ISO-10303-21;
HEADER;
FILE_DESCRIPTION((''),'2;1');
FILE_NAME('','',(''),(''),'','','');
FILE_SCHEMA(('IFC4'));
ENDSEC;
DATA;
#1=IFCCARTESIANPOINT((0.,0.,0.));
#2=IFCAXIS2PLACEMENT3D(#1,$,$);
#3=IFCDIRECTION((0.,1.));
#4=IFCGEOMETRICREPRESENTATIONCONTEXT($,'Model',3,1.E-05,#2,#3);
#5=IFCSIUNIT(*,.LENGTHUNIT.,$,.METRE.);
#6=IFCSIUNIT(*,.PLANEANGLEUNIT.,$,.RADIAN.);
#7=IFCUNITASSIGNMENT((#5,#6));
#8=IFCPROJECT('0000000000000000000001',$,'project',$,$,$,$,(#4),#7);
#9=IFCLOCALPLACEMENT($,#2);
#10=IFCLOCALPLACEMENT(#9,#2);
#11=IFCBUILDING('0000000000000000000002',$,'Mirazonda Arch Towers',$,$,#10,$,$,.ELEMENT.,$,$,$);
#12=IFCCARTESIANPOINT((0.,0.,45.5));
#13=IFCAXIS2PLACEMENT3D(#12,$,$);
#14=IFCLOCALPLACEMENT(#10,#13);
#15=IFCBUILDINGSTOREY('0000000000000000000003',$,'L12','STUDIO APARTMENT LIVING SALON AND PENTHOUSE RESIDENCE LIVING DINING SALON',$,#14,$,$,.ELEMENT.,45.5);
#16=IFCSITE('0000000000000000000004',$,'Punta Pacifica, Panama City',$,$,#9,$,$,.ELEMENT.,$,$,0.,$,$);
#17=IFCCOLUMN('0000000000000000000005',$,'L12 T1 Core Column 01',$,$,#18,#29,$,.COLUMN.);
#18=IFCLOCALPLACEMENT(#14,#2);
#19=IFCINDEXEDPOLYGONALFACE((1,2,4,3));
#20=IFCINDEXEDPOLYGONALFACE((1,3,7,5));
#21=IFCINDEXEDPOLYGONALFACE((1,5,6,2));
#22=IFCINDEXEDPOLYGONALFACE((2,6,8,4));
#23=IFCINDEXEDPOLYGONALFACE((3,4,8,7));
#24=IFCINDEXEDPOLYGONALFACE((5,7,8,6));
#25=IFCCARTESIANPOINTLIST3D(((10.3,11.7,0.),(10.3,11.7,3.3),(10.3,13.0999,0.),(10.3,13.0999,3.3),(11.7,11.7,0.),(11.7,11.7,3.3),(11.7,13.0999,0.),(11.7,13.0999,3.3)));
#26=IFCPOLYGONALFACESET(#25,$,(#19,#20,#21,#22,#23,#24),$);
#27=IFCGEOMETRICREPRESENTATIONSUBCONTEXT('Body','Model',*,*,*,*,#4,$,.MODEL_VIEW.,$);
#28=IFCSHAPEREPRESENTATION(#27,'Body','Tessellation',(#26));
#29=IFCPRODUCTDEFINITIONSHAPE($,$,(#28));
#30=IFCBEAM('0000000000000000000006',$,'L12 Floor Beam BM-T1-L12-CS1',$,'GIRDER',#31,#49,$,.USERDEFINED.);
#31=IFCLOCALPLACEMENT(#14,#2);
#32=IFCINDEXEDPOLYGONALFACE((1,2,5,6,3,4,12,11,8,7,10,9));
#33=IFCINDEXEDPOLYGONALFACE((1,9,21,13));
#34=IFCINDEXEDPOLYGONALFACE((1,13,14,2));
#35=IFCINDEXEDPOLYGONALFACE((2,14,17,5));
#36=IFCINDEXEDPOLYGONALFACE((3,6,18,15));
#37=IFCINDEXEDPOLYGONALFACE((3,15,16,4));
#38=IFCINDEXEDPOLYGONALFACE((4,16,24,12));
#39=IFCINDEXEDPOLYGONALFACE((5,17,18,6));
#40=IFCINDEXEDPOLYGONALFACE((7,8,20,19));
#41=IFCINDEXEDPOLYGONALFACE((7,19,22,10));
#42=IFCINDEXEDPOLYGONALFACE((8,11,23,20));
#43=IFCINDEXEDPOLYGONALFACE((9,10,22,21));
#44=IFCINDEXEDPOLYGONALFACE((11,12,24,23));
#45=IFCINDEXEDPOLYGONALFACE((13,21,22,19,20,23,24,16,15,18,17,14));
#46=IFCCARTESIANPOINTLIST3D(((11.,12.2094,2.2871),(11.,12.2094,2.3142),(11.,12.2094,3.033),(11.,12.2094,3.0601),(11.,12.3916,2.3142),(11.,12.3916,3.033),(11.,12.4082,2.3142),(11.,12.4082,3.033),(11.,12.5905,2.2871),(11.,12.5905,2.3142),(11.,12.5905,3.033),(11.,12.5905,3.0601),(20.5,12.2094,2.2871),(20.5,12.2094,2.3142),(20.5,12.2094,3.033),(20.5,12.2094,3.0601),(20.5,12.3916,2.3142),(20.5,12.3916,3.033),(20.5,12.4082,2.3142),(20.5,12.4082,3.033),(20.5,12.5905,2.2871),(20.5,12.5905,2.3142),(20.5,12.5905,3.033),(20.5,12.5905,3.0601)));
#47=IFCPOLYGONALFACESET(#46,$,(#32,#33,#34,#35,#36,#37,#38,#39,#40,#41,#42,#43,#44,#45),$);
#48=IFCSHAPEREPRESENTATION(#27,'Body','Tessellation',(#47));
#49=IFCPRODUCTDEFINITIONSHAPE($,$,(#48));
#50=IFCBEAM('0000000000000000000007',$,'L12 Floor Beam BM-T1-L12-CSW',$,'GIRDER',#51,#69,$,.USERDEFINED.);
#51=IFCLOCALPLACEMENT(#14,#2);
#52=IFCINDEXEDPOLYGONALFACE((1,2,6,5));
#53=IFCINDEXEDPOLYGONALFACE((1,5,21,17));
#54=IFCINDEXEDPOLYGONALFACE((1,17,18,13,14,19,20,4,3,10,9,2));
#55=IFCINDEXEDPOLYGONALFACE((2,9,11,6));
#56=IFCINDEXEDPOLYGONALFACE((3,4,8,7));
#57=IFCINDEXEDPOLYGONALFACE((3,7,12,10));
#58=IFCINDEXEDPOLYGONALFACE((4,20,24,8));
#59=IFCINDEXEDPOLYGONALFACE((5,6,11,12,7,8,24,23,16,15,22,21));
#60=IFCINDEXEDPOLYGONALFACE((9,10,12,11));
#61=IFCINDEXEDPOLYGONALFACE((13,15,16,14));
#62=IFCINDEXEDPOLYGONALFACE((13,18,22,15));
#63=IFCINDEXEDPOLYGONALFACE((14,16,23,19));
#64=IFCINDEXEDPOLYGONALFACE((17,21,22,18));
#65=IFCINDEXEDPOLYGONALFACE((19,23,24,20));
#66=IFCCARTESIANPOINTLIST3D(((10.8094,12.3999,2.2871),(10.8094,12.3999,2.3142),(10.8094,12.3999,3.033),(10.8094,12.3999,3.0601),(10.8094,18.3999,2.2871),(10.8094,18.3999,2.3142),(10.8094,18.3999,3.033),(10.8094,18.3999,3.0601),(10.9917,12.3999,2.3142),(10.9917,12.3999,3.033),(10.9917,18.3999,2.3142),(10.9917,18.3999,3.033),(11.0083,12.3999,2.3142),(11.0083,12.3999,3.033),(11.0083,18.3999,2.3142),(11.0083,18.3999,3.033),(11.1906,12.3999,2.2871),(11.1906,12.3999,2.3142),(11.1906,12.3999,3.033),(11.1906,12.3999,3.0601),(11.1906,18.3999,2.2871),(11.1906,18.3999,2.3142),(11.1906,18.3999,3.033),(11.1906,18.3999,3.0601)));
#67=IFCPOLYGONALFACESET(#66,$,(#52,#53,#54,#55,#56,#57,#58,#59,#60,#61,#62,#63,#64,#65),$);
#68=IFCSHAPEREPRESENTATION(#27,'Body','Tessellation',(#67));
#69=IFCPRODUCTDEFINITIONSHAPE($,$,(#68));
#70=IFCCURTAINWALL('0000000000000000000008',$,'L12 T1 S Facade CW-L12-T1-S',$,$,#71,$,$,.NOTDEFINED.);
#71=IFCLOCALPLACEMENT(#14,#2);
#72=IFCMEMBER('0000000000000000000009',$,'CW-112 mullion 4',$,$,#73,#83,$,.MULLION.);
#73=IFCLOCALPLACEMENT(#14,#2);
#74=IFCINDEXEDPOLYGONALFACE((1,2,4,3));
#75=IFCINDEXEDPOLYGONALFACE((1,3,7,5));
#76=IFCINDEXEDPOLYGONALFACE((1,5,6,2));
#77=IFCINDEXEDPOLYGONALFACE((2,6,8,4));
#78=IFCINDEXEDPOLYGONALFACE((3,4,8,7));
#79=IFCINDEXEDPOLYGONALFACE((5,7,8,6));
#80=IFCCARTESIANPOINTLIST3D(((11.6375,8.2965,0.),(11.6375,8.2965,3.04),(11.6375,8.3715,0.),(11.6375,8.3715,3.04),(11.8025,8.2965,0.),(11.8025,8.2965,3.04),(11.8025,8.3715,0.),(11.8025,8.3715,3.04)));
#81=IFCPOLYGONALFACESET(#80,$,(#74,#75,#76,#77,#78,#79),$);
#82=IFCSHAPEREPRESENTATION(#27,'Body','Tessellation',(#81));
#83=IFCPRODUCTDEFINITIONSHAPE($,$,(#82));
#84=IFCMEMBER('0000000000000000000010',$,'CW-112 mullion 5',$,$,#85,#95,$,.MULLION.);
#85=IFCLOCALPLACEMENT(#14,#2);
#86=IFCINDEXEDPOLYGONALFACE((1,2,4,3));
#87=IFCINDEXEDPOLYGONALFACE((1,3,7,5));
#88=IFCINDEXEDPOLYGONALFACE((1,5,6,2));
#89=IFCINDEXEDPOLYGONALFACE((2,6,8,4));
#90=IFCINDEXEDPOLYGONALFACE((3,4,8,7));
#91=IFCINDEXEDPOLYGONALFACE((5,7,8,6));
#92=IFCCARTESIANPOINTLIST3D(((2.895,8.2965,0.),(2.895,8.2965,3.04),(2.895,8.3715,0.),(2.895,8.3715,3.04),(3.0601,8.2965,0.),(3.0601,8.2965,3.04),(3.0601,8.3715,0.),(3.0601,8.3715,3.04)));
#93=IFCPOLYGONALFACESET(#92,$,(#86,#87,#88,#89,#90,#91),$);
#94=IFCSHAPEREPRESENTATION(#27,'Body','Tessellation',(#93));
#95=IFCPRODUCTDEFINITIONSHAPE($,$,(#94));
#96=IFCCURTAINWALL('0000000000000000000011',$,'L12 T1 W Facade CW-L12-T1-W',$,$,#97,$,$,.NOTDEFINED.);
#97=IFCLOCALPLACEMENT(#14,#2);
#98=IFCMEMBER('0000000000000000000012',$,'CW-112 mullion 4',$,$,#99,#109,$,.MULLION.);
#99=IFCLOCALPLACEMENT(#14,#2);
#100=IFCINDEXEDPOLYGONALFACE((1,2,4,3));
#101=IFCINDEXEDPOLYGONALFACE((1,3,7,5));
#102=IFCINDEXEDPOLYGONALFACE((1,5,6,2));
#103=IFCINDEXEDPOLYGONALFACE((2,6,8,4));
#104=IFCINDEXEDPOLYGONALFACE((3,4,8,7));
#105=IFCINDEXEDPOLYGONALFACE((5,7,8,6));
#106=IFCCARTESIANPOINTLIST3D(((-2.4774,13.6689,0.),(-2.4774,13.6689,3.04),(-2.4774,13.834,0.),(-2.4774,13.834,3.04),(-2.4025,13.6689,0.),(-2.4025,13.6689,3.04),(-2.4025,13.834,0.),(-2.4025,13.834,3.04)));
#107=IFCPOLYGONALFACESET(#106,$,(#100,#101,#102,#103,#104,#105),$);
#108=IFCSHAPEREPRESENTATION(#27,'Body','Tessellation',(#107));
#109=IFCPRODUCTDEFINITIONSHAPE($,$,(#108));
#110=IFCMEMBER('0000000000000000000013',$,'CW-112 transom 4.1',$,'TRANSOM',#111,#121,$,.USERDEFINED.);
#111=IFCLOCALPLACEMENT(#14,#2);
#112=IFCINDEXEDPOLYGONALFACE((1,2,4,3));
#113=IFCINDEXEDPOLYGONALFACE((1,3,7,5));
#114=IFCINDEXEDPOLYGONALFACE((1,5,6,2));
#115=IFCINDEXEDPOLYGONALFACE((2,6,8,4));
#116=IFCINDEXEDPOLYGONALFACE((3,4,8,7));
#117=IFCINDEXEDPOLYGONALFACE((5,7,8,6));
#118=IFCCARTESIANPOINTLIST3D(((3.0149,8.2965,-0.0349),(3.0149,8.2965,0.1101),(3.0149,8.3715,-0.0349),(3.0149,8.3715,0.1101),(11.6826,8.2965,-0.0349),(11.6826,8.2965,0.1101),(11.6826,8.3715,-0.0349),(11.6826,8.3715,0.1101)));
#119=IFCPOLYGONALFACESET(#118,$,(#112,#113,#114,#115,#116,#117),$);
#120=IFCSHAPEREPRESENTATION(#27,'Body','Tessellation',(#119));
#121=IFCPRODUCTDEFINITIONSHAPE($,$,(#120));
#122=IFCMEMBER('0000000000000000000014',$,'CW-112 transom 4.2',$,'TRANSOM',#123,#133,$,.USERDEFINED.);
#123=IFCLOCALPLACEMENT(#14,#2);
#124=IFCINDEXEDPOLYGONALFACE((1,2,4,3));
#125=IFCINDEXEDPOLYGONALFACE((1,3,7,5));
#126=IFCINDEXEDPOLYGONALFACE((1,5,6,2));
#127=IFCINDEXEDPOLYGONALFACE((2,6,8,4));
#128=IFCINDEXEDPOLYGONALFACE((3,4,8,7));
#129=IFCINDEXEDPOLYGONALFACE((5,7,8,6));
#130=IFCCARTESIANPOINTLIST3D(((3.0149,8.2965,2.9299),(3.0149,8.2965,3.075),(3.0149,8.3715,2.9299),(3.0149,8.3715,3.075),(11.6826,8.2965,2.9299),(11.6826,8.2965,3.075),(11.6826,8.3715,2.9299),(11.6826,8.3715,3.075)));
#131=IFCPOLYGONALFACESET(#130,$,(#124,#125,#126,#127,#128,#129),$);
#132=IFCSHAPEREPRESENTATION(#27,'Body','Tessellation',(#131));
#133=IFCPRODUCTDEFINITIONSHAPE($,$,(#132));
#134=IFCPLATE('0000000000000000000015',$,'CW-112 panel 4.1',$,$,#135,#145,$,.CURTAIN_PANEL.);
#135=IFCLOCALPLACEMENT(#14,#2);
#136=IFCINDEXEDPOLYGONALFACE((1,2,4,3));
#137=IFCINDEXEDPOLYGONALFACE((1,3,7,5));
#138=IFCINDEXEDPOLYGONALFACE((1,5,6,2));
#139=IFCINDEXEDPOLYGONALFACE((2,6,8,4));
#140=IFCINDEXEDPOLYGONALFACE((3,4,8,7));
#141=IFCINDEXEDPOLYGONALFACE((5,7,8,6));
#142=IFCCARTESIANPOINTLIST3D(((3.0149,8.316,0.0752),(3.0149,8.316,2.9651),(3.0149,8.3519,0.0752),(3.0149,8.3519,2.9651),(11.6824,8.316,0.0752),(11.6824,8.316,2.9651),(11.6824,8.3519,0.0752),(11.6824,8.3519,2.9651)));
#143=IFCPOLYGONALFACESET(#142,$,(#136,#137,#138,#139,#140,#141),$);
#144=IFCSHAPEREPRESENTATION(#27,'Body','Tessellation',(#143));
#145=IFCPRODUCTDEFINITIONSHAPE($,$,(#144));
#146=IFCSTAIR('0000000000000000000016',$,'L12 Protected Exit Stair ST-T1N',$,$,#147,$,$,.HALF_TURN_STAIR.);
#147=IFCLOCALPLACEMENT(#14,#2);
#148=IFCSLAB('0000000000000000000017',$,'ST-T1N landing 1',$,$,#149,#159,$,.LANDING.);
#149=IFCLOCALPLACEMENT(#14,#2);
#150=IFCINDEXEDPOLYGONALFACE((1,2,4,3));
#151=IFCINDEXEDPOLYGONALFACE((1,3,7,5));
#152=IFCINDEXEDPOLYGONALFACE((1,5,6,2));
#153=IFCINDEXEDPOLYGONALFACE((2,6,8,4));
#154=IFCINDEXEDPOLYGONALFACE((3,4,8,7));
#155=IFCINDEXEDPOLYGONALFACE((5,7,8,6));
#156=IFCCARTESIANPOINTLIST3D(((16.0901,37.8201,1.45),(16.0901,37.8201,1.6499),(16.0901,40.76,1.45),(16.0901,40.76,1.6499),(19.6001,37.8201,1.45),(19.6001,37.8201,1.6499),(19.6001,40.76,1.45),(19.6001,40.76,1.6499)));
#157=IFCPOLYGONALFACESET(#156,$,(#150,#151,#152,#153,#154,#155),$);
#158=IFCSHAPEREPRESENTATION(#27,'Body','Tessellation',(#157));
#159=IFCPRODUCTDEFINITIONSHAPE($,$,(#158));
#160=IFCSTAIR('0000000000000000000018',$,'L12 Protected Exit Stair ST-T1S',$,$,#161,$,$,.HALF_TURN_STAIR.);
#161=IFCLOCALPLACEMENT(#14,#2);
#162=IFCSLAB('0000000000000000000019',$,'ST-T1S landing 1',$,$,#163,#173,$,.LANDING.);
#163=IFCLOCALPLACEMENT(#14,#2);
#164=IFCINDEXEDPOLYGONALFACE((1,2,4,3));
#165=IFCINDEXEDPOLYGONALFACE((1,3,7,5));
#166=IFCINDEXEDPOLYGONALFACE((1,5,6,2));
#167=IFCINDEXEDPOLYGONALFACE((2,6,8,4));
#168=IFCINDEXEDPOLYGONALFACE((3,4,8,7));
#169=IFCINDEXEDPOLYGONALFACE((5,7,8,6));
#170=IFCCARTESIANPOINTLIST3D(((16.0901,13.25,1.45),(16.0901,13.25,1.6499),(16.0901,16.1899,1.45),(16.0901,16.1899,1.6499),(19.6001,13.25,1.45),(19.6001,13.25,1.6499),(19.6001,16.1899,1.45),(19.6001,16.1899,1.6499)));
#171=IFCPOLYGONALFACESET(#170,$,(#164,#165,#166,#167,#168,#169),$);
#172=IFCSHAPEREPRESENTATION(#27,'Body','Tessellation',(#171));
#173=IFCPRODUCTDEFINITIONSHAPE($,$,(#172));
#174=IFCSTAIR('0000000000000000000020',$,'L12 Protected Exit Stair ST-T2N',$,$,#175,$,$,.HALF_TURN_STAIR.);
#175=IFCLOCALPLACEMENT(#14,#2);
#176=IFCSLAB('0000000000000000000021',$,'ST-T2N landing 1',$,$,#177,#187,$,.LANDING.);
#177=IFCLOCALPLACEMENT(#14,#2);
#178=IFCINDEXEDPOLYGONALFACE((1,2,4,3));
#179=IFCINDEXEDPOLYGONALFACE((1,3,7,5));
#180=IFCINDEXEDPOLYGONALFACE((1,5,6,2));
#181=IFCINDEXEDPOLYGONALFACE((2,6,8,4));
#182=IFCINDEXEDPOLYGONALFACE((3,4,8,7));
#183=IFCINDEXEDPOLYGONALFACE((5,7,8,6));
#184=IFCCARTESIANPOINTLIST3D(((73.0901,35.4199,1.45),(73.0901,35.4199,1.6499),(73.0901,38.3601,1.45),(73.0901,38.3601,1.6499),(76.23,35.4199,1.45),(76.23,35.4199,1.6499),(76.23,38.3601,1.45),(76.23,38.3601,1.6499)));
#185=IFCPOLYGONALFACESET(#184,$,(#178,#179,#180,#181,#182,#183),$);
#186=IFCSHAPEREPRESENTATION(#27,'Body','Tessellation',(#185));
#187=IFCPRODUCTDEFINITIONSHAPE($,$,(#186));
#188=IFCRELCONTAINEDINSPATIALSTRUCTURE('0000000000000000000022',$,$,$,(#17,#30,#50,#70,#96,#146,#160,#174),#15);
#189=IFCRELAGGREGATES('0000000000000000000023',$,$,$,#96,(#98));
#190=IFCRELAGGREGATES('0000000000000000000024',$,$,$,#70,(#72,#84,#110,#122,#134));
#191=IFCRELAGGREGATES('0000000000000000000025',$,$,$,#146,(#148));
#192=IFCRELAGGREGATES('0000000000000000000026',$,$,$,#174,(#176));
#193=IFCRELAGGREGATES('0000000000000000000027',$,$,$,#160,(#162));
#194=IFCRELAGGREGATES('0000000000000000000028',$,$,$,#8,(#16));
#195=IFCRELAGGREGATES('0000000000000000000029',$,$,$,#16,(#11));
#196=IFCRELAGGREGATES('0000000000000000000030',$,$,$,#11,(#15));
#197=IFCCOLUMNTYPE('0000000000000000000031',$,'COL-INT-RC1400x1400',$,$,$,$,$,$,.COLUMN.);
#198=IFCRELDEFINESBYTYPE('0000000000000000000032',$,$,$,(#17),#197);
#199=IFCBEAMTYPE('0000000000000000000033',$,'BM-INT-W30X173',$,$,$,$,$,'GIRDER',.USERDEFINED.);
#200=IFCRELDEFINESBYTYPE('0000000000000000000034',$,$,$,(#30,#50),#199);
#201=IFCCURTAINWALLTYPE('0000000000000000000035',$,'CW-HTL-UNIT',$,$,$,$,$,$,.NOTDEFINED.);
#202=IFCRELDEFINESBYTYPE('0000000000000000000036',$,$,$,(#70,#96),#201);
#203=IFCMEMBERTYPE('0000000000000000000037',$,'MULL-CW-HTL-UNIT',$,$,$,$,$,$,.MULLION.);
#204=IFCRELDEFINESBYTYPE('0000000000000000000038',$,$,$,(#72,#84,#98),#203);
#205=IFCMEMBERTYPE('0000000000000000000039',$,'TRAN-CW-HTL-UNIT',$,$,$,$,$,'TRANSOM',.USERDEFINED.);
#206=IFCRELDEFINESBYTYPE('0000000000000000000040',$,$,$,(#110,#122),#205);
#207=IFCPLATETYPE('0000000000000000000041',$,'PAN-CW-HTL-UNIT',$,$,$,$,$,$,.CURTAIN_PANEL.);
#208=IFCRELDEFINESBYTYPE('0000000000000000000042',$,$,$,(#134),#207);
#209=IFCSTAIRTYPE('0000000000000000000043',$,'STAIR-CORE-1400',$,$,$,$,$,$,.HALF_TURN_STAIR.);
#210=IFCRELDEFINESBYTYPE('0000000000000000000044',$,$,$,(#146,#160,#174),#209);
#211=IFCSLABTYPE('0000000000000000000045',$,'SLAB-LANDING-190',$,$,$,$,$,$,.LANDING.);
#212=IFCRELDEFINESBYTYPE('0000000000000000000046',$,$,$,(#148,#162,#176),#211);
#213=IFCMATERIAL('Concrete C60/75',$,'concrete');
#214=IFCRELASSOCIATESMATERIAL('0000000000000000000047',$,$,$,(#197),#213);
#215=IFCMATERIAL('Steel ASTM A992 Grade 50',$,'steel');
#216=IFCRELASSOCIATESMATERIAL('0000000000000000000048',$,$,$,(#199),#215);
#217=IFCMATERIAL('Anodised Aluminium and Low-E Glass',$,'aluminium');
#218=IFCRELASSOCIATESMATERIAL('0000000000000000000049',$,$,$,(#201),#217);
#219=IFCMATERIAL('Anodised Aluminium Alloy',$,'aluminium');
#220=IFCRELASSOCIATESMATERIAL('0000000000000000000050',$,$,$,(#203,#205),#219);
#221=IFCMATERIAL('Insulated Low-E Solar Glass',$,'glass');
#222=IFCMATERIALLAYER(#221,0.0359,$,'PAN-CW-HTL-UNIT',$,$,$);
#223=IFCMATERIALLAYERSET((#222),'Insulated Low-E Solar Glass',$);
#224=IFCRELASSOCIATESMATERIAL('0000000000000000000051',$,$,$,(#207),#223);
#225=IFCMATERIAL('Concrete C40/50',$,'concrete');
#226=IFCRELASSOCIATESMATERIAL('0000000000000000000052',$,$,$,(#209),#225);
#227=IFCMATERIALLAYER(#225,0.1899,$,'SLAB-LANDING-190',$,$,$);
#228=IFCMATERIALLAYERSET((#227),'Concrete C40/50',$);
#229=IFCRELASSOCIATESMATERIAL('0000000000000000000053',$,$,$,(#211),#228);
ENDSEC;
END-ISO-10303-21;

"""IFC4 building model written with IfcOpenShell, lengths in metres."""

from ifc_helpers import new_model, si_unit, direction, frame, origin, origin_2d, place, context, subcontext, project, spatial, polyline, rectangle, i_section, outline, extrude, material, layer, layer_set, material_profile, profile_set, type_object, element, aggregate, save


model = new_model("IFC4")

# Units and contexts
model_context = context("Model", 3, precision=1e-05, world=origin(), true_north=direction((0.0, 1.0)))
body_context = subcontext(model_context, "Body", "Model", "MODEL_VIEW")
ifc_project = project(units=[si_unit("LENGTHUNIT", "METRE"), si_unit("PLANEANGLEUNIT", "RADIAN")], contexts=[model_context])

# Site, building, storey
site_placement = place(None, origin())
site = spatial("IfcSite", under=ifc_project, at=site_placement, Name="Punta Pacifica, Panama City", CompositionType="ELEMENT", RefElevation=0.0)
building_placement = place(site_placement, origin())
building = spatial("IfcBuilding", under=site, at=building_placement, Name="Mirazonda Arch Towers", CompositionType="ELEMENT")
storey_placement = place(building_placement, frame((0.0, 0.0, 45.5)))
storey = spatial("IfcBuildingStorey", under=building, at=storey_placement, Name="L12", Description="STUDIO APARTMENT LIVING SALON AND PENTHOUSE RESIDENCE LIVING DINING SALON", CompositionType="ELEMENT", Elevation=45.5)

# Column
ifc_material_1 = material(Name="Concrete C60/75", Category="concrete")
ifc_material_profile_1 = material_profile(ifc_material_1, rectangle(XDim=1.3999, YDim=1.3999, at=origin_2d()), Name="RC1400x1400")
ifc_profile_set_1 = profile_set([ifc_material_profile_1], Name="Concrete C60/75")
column_type = type_object("IfcColumnType", Name="COL-INT-RC1400x1400", PredefinedType="COLUMN", material=ifc_profile_set_1)
column_placement = place(storey_placement, frame((11.0, 12.3999, 0.0), z_axis=(0.0, 0.0, 1.0), x_axis=(1.0, 0.0, 0.0)))
element("IfcColumn", 1, at=column_placement, inside=storey, type_object=column_type, Name="L12 T1 Core Column 01", PredefinedType="COLUMN", context=body_context, shape_type="SweptSolid", body=[
    extrude(rectangle(XDim=1.3999, YDim=1.3999, at=origin_2d()), origin(), (0.0, 0.0, 1.0), 3.3),
])

# Beams
ifc_material_2 = material(Name="Steel ASTM A992 Grade 50", Category="steel")
ifc_material_profile_2 = material_profile(ifc_material_2, i_section(OverallWidth=0.3811, OverallDepth=0.7729, WebThickness=0.0166, FlangeThickness=0.0271, at=origin_2d()), Name="W30X173")
ifc_profile_set_2 = profile_set([ifc_material_profile_2], Name="Steel ASTM A992 Grade 50")
beam_type = type_object("IfcBeamType", Name="BM-INT-W30X173", ElementType="GIRDER", PredefinedType="USERDEFINED", material=ifc_profile_set_2)
beam_1_placement = place(storey_placement, frame((11.0, 12.3999, 2.6736), z_axis=(1.0, 0.0, 0.0), x_axis=(0.0, 1.0, 0.0)))
element("IfcBeam", 2, at=beam_1_placement, inside=storey, type_object=beam_type, Name="L12 Floor Beam BM-T1-L12-CS1", ObjectType="GIRDER", PredefinedType="USERDEFINED", context=body_context, shape_type="SweptSolid", body=[
    extrude(i_section(OverallWidth=0.3811, OverallDepth=0.7729, WebThickness=0.0166, FlangeThickness=0.0271, at=origin_2d()), origin(), (0.0, 0.0, 1.0), 9.5),
])
beam_2_placement = place(storey_placement, frame((11.0, 12.3999, 2.6736), z_axis=(0.0, 1.0, 0.0), x_axis=(-1.0, 0.0, 0.0)))
element("IfcBeam", 3, at=beam_2_placement, inside=storey, type_object=beam_type, Name="L12 Floor Beam BM-T1-L12-CSW", ObjectType="GIRDER", PredefinedType="USERDEFINED", context=body_context, shape_type="SweptSolid", body=[
    extrude(i_section(OverallWidth=0.3811, OverallDepth=0.7729, WebThickness=0.0166, FlangeThickness=0.0271, at=origin_2d()), origin(), (0.0, 0.0, 1.0), 6.0),
])

# Curtain wall, members
ifc_material_3 = material(Name="Anodised Aluminium and Low-E Glass", Category="aluminium")
curtain_wall_type = type_object("IfcCurtainWallType", Name="CW-HTL-UNIT", PredefinedType="NOTDEFINED", material=ifc_material_3)
curtain_wall_1_placement = place(storey_placement, origin())
curtain_wall_1 = element("IfcCurtainWall", 4, at=curtain_wall_1_placement, inside=storey, type_object=curtain_wall_type, Name="L12 T1 S Facade CW-L12-T1-S", PredefinedType="NOTDEFINED")
ifc_material_4 = material(Name="Anodised Aluminium Alloy", Category="aluminium")
ifc_material_profile_3 = material_profile(ifc_material_4, rectangle(XDim=0.075, YDim=0.165, at=origin_2d()), Name="ALU-MULL-75x165")
ifc_profile_set_3 = profile_set([ifc_material_profile_3], Name="Anodised Aluminium Alloy")
member_type_1 = type_object("IfcMemberType", Name="MULL-CW-HTL-UNIT", PredefinedType="MULLION", material=ifc_profile_set_3)
member_1_placement = place(storey_placement, frame((11.72, 8.334, 0.0), z_axis=(0.0, 0.0, 1.0), x_axis=(0.0, -1.0, 0.0)))
member_1 = element("IfcMember", 5, at=member_1_placement, type_object=member_type_1, Name="CW-112 mullion 4", PredefinedType="MULLION", context=body_context, shape_type="SweptSolid", body=[
    extrude(rectangle(XDim=0.075, YDim=0.165, at=origin_2d()), origin(), (0.0, 0.0, 1.0), 3.04),
])
member_2_placement = place(storey_placement, frame((2.9775, 8.334, 0.0), z_axis=(0.0, 0.0, 1.0), x_axis=(0.0, -1.0, 0.0)))
member_2 = element("IfcMember", 6, at=member_2_placement, type_object=member_type_1, Name="CW-112 mullion 5", PredefinedType="MULLION", context=body_context, shape_type="SweptSolid", body=[
    extrude(rectangle(XDim=0.075, YDim=0.165, at=origin_2d()), origin(), (0.0, 0.0, 1.0), 3.04),
])

# Curtain wall, member
curtain_wall_2_placement = place(storey_placement, origin())
curtain_wall_2 = element("IfcCurtainWall", 7, at=curtain_wall_2_placement, inside=storey, type_object=curtain_wall_type, Name="L12 T1 W Facade CW-L12-T1-W", PredefinedType="NOTDEFINED")
member_3_placement = place(storey_placement, frame((-2.4399, 13.7515, 0.0), z_axis=(0.0, 0.0, 1.0), x_axis=(1.0, 0.0, 0.0)))
member_3 = element("IfcMember", 8, at=member_3_placement, type_object=member_type_1, Name="CW-112 mullion 4", PredefinedType="MULLION", context=body_context, shape_type="SweptSolid", body=[
    extrude(rectangle(XDim=0.075, YDim=0.165, at=origin_2d()), origin(), (0.0, 0.0, 1.0), 3.04),
])
aggregate(curtain_wall_2, [member_3])

# Members
ifc_material_profile_4 = material_profile(ifc_material_4, rectangle(XDim=0.075, YDim=0.145, at=origin_2d()), Name="ALU-TRAN-75x145")
ifc_profile_set_4 = profile_set([ifc_material_profile_4], Name="Anodised Aluminium Alloy")
member_type_2 = type_object("IfcMemberType", Name="TRAN-CW-HTL-UNIT", ElementType="TRANSOM", PredefinedType="USERDEFINED", material=ifc_profile_set_4)
member_4_placement = place(storey_placement, frame((11.6826, 8.334, 0.0376), z_axis=(-1.0, 0.0, 0.0), x_axis=(0.0, -1.0, 0.0)))
member_4 = element("IfcMember", 9, at=member_4_placement, type_object=member_type_2, Name="CW-112 transom 4.1", ObjectType="TRANSOM", PredefinedType="USERDEFINED", context=body_context, shape_type="SweptSolid", body=[
    extrude(rectangle(XDim=0.075, YDim=0.145, at=origin_2d()), origin(), (0.0, 0.0, 1.0), 8.6677),
])
member_5_placement = place(storey_placement, frame((11.6826, 8.334, 3.0024), z_axis=(-1.0, 0.0, 0.0), x_axis=(0.0, -1.0, 0.0)))
member_5 = element("IfcMember", 10, at=member_5_placement, type_object=member_type_2, Name="CW-112 transom 4.2", ObjectType="TRANSOM", PredefinedType="USERDEFINED", context=body_context, shape_type="SweptSolid", body=[
    extrude(rectangle(XDim=0.075, YDim=0.145, at=origin_2d()), origin(), (0.0, 0.0, 1.0), 8.6677),
])

# Plate
ifc_material_5 = material(Name="Insulated Low-E Solar Glass", Category="glass")
ifc_layer_1 = layer(ifc_material_5, 0.0359, Name="PAN-CW-HTL-UNIT")
ifc_layer_set_1 = layer_set([ifc_layer_1], Name="Insulated Low-E Solar Glass")
plate_type = type_object("IfcPlateType", Name="PAN-CW-HTL-UNIT", PredefinedType="CURTAIN_PANEL", material=ifc_layer_set_1)
plate_placement = place(storey_placement, frame((7.3486, 8.334, 0.0752), z_axis=(0.0, 0.0, 1.0), x_axis=(-1.0, 0.0, 0.0)))
plate = element("IfcPlate", 11, at=plate_placement, type_object=plate_type, Name="CW-112 panel 4.1", PredefinedType="CURTAIN_PANEL", context=body_context, shape_type="SweptSolid", body=[
    extrude(rectangle(XDim=8.6675, YDim=0.0359, at=origin_2d()), origin(), (0.0, 0.0, 1.0), 2.8899),
])
aggregate(curtain_wall_1, [member_1, member_2, member_4, member_5, plate])

# Stairs, slabs
ifc_material_6 = material(Name="Concrete C40/50", Category="concrete")
stair_type = type_object("IfcStairType", Name="STAIR-CORE-1400", PredefinedType="HALF_TURN_STAIR", material=ifc_material_6)
stair_1_placement = place(storey_placement, origin())
stair_1 = element("IfcStair", 12, at=stair_1_placement, inside=storey, type_object=stair_type, Name="L12 Protected Exit Stair ST-T1N", PredefinedType="HALF_TURN_STAIR")
ifc_layer_2 = layer(ifc_material_6, 0.1899, Name="SLAB-LANDING-190")
ifc_layer_set_2 = layer_set([ifc_layer_2], Name="Concrete C40/50")
slab_type_1 = type_object("IfcSlabType", Name="SLAB-LANDING-190", PredefinedType="LANDING", material=ifc_layer_set_2)
slab_1_placement = place(storey_placement, frame((0.0, 0.0, 1.45)))
slab_1 = element("IfcSlab", 13, at=slab_1_placement, type_object=slab_type_1, Name="ST-T1N landing 1", PredefinedType="LANDING", context=body_context, shape_type="SweptSolid", body=[
    extrude(outline(polyline([(16.0901, 37.8201), (19.6001, 37.8201), (19.6001, 40.76), (16.0901, 40.76), (16.0901, 37.8201)])), origin(), (0.0, 0.0, 1.0), 0.2),
])
aggregate(stair_1, [slab_1])
stair_2_placement = place(storey_placement, origin())
stair_2 = element("IfcStair", 14, at=stair_2_placement, inside=storey, type_object=stair_type, Name="L12 Protected Exit Stair ST-T1S", PredefinedType="HALF_TURN_STAIR")
slab_2_placement = place(storey_placement, frame((0.0, 0.0, 1.45)))
slab_2 = element("IfcSlab", 15, at=slab_2_placement, type_object=slab_type_1, Name="ST-T1S landing 1", PredefinedType="LANDING", context=body_context, shape_type="SweptSolid", body=[
    extrude(outline(polyline([(16.0901, 13.25), (19.6001, 13.25), (19.6001, 16.1899), (16.0901, 16.1899), (16.0901, 13.25)])), origin(), (0.0, 0.0, 1.0), 0.2),
])
stair_3_placement = place(storey_placement, origin())
stair_3 = element("IfcStair", 16, at=stair_3_placement, inside=storey, type_object=stair_type, Name="L12 Protected Exit Stair ST-T2N", PredefinedType="HALF_TURN_STAIR")
slab_3_placement = place(storey_placement, frame((0.0, 0.0, 1.45)))
slab_3 = element("IfcSlab", 17, at=slab_3_placement, type_object=slab_type_1, Name="ST-T2N landing 1", PredefinedType="LANDING", context=body_context, shape_type="SweptSolid", body=[
    extrude(outline(polyline([(73.0901, 35.4199), (76.23, 35.4199), (76.23, 38.3601), (73.0901, 38.3601), (73.0901, 35.4199)])), origin(), (0.0, 0.0, 1.0), 0.2),
])
aggregate(stair_3, [slab_3])

aggregate(stair_2, [slab_2])

save(model, "model.ifc")
